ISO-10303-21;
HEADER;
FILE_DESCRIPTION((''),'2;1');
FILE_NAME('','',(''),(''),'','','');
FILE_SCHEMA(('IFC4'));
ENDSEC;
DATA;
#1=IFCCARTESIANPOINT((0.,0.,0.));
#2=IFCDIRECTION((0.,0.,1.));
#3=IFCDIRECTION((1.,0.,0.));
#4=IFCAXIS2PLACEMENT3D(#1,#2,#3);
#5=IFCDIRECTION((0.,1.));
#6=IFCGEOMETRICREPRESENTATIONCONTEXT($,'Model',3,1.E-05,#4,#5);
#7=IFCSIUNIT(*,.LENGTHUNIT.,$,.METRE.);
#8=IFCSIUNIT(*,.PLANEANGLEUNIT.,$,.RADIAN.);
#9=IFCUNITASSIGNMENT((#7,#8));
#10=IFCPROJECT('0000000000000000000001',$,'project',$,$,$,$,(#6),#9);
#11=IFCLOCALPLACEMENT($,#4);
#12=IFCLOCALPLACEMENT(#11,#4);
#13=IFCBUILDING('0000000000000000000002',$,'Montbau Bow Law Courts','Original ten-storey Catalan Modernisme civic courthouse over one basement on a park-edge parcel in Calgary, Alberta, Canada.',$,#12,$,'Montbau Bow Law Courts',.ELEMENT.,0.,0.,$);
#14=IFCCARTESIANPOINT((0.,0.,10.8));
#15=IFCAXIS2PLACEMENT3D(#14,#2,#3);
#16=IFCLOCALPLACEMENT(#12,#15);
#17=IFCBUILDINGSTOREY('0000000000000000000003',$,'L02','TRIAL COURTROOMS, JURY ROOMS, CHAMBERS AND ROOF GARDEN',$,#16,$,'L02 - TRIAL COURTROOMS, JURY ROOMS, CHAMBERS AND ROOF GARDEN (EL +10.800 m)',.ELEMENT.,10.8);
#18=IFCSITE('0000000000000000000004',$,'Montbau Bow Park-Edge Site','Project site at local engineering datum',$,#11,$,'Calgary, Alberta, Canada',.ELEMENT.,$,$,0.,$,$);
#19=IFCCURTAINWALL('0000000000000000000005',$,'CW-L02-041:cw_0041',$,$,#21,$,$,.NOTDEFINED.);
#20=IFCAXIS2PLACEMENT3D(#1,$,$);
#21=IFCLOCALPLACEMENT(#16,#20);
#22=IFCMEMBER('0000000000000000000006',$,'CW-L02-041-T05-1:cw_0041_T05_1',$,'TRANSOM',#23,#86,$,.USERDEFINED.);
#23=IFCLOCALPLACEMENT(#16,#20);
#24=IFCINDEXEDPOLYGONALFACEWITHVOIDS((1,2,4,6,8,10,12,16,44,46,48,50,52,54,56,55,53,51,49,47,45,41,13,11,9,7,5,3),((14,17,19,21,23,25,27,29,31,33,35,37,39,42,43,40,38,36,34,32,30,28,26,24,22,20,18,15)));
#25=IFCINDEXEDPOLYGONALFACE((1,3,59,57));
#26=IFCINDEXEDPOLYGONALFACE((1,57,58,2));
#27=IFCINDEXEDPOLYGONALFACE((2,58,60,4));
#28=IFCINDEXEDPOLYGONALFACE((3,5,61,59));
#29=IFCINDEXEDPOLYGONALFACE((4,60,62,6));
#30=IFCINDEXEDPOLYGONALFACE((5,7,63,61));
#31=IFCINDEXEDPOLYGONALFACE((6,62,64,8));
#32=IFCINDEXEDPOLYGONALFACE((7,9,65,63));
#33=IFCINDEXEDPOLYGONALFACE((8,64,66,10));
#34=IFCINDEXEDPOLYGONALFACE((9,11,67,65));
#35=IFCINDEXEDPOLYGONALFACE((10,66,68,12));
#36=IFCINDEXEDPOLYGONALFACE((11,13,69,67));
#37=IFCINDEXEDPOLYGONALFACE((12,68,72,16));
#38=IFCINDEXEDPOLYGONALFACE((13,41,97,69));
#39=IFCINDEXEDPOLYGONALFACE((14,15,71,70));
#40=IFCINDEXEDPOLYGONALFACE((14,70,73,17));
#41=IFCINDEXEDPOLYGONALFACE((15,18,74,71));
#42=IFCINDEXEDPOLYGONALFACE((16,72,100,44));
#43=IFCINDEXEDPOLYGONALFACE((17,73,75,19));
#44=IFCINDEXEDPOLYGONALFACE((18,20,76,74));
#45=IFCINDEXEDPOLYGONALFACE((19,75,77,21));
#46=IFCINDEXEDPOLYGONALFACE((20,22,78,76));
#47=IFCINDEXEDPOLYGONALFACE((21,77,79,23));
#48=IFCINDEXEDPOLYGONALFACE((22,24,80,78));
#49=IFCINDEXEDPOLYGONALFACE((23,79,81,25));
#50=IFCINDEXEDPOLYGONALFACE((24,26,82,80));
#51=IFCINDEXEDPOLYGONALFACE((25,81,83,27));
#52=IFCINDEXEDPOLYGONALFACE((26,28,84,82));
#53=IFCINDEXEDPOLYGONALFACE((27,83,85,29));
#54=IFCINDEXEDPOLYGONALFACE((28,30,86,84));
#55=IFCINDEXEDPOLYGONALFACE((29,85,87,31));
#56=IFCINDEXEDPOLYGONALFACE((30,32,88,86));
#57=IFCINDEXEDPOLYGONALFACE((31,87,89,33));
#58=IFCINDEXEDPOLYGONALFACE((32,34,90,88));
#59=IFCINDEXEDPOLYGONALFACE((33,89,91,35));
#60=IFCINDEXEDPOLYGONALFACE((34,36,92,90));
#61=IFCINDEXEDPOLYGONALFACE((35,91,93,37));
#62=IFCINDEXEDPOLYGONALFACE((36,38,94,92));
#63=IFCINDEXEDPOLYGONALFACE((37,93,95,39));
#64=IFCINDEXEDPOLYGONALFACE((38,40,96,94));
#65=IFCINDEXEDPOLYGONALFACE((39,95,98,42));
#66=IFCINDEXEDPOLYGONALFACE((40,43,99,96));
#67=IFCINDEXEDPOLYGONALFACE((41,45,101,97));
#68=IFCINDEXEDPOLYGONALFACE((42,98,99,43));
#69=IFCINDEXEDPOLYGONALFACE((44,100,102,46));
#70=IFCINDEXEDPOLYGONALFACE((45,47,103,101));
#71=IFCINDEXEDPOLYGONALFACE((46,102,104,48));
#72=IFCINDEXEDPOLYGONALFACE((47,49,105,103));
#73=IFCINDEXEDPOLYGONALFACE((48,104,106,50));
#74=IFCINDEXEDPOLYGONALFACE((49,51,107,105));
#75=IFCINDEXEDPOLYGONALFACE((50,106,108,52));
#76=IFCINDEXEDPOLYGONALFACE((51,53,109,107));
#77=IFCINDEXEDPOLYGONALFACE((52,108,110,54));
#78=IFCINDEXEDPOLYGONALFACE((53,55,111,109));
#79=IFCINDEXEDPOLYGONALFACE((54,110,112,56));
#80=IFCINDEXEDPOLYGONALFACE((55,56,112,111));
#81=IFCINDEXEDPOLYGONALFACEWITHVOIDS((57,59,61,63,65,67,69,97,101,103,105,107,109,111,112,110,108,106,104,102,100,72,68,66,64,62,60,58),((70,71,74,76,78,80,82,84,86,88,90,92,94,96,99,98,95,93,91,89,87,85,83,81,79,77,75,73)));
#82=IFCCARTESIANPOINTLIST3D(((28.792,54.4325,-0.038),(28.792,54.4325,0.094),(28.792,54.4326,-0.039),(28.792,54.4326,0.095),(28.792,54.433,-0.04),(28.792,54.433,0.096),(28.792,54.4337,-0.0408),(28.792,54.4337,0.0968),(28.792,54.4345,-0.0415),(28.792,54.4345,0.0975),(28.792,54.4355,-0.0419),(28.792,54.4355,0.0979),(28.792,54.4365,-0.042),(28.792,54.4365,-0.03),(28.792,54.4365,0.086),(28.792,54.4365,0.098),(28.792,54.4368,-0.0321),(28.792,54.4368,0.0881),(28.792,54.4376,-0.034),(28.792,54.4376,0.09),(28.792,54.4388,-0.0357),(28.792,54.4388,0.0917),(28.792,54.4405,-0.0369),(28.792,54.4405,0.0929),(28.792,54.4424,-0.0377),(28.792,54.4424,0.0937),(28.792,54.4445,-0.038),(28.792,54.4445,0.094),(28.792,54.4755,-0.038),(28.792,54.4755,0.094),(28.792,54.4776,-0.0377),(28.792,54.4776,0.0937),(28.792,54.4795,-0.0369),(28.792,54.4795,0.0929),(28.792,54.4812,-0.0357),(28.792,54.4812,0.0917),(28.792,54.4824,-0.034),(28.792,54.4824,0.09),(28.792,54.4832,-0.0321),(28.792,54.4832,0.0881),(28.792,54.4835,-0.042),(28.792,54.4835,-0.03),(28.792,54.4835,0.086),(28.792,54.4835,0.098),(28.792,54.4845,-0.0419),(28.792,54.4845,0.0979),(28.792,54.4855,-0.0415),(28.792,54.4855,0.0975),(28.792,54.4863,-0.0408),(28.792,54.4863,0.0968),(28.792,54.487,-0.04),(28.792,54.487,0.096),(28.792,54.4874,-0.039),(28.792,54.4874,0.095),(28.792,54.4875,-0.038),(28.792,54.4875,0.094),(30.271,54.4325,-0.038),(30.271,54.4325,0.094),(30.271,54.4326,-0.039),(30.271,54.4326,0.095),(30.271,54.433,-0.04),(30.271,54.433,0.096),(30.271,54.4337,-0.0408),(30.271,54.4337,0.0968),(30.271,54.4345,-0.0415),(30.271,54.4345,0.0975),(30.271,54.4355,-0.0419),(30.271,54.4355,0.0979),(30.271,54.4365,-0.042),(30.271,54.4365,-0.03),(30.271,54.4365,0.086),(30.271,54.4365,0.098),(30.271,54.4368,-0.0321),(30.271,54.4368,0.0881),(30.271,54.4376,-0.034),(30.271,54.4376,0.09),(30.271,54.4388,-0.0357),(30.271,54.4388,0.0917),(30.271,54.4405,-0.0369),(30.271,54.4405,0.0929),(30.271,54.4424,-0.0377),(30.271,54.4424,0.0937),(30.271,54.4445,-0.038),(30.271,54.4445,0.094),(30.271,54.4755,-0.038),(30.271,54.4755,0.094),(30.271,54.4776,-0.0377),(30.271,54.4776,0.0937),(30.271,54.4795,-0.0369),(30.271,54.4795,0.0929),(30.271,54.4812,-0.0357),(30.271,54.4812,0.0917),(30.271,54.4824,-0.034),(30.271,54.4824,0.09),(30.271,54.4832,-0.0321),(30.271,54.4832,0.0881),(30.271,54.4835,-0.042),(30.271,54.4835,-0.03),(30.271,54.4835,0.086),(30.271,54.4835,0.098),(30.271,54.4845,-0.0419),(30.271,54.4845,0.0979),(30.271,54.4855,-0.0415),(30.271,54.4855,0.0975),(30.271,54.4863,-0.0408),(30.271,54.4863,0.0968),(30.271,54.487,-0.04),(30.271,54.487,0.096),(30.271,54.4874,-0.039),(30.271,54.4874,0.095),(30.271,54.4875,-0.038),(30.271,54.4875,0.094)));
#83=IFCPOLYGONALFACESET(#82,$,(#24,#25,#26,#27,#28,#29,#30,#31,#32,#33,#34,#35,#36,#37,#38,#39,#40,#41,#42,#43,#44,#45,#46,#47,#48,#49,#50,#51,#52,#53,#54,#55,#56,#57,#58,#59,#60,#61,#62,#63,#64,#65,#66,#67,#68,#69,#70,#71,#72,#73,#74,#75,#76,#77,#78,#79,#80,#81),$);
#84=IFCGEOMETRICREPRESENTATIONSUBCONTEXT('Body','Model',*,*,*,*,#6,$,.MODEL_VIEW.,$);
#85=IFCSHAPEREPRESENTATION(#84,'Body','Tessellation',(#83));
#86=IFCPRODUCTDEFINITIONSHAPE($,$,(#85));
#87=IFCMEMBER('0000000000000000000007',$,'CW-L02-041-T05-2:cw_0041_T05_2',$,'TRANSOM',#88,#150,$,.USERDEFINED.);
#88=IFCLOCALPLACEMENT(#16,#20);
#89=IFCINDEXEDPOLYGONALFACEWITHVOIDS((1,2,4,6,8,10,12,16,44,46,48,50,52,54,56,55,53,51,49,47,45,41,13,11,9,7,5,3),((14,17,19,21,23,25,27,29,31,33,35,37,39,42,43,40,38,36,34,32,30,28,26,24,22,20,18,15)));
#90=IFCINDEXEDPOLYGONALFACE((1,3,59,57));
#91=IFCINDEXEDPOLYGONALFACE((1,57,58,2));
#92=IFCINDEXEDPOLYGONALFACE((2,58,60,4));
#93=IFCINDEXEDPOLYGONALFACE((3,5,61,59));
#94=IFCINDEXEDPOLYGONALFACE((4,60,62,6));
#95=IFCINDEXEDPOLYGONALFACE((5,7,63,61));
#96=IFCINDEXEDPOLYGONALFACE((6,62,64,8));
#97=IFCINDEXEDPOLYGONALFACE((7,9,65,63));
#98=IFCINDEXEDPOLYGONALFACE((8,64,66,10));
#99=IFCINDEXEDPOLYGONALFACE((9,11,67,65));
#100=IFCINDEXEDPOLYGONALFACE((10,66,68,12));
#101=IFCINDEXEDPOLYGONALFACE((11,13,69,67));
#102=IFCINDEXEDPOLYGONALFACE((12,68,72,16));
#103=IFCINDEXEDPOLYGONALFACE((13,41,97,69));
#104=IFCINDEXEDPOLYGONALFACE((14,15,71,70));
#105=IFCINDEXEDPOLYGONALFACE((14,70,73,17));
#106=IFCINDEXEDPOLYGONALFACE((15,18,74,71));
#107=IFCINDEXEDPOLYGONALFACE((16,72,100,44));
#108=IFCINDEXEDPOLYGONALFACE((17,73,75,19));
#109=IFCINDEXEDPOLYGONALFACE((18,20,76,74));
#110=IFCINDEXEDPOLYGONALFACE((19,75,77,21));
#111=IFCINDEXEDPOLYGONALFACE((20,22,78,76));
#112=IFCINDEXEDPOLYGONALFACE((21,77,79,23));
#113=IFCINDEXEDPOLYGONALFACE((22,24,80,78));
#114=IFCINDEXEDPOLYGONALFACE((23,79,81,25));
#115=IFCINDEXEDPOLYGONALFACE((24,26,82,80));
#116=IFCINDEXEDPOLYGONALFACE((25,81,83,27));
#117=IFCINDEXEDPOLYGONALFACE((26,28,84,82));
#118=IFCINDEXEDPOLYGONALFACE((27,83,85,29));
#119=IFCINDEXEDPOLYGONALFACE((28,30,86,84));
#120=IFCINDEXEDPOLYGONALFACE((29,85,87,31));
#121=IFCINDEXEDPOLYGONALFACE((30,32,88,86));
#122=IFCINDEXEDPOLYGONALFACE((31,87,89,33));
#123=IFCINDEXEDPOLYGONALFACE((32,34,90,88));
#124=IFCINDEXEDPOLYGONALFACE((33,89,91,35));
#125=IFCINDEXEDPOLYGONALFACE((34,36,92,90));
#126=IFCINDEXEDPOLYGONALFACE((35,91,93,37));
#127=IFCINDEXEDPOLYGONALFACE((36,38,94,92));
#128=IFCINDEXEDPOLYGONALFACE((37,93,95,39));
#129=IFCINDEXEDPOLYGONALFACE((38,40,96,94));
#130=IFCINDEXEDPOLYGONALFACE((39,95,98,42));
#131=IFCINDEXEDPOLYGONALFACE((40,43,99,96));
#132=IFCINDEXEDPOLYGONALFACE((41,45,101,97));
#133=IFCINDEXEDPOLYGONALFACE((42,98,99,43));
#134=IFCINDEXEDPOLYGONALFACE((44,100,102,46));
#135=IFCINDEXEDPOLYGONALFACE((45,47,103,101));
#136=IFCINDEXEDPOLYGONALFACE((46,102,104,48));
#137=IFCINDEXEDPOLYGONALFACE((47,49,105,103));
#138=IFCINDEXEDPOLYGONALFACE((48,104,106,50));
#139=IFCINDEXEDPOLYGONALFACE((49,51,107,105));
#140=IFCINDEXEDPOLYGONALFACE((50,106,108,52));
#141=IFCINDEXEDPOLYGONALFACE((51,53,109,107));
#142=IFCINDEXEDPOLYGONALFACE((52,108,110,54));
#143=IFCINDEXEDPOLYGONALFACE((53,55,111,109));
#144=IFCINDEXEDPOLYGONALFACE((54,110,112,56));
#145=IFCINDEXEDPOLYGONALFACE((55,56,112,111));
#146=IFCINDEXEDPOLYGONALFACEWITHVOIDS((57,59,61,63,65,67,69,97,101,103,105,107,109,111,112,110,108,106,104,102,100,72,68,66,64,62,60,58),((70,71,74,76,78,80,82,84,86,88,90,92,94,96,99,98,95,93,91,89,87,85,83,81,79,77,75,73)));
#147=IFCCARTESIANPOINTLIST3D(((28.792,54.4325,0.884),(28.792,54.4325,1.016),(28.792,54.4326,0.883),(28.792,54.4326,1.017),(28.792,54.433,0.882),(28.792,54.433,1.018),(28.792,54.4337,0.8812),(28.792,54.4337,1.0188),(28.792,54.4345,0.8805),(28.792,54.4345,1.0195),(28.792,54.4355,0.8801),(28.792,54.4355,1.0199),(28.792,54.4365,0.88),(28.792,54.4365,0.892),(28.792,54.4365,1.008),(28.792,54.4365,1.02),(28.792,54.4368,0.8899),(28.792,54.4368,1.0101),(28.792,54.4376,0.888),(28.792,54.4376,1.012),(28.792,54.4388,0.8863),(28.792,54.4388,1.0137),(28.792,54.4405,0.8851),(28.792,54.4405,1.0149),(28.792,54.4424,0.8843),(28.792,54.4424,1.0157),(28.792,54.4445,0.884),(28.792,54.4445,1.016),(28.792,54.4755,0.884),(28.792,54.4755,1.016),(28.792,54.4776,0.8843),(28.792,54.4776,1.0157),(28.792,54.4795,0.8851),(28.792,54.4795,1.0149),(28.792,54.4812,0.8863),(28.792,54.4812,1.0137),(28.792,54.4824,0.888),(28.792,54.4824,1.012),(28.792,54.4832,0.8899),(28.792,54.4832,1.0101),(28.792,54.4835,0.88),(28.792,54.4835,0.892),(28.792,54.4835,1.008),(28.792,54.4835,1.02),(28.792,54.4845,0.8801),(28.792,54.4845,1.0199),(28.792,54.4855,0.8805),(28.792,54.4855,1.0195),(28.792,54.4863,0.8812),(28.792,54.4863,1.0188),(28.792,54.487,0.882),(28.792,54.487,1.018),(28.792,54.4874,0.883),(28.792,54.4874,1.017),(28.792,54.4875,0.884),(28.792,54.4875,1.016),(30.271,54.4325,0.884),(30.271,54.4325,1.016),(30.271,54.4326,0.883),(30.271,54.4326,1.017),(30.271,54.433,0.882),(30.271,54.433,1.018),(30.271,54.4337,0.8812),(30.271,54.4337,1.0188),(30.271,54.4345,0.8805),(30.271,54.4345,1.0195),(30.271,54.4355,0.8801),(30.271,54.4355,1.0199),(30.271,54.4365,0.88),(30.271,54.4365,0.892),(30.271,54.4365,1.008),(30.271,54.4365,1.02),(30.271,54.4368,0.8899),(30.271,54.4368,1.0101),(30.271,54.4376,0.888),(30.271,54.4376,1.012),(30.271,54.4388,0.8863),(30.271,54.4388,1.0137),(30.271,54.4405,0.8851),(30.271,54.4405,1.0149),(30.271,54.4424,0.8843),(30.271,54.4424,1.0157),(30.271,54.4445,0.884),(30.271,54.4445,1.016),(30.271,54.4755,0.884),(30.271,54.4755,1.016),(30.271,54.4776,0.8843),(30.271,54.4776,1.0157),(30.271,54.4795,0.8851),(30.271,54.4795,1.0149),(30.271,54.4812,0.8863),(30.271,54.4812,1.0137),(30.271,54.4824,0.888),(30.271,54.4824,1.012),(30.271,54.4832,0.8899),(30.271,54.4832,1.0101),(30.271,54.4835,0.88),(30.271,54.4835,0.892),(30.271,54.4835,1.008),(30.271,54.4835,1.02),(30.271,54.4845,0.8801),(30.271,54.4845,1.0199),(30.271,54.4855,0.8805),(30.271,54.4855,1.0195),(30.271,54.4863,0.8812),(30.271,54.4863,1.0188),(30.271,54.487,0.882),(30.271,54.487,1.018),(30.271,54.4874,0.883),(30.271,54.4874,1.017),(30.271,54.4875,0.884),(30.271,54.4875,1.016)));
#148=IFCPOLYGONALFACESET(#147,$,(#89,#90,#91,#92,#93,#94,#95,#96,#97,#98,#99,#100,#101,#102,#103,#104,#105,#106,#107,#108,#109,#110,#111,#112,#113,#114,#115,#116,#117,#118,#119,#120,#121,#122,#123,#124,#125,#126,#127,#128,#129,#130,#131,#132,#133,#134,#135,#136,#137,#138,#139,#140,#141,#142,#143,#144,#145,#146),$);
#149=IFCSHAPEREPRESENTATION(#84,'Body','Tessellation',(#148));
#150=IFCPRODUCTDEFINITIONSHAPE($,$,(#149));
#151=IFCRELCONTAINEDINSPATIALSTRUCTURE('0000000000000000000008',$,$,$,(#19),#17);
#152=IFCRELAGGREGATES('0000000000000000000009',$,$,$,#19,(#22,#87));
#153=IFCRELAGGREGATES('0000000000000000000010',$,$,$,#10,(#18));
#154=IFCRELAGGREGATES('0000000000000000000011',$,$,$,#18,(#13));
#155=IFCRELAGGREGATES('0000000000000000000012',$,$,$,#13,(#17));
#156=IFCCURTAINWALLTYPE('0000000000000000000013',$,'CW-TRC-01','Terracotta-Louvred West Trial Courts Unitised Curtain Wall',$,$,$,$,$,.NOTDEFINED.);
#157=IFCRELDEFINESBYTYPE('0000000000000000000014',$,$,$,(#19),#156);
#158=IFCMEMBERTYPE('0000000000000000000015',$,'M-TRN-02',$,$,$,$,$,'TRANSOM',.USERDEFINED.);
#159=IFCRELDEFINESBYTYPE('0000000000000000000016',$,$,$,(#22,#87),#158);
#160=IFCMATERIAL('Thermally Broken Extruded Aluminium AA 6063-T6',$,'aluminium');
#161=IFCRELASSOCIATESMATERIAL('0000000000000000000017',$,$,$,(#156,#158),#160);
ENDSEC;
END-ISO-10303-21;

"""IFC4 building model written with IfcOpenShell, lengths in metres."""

from ifc_helpers import new_model, si_unit, direction, frame, origin_with_axes, origin_2d_with_axis, place, context, subcontext, project, spatial, hollow_rectangle, extrude, material, material_profile, profile_set, type_object, element, aggregate, save


model = new_model("IFC4")

# Units and contexts
model_context = context("Model", 3, precision=1e-05, world=origin_with_axes(), true_north=direction((0.0, 1.0)))
body_context = subcontext(model_context, "Body", "Model", "MODEL_VIEW")
ifc_project = project(units=[si_unit("LENGTHUNIT", "METRE"), si_unit("PLANEANGLEUNIT", "RADIAN")], contexts=[model_context])

# Site, building, storey
site_placement = place(None, origin_with_axes())
site = spatial("IfcSite", under=ifc_project, at=site_placement, Name="Montbau Bow Park-Edge Site", Description="Project site at local engineering datum", LongName="Calgary, Alberta, Canada", CompositionType="ELEMENT", RefElevation=0.0)
building_placement = place(site_placement, origin_with_axes())
building = spatial("IfcBuilding", under=site, at=building_placement, Name="Montbau Bow Law Courts", Description="Original ten-storey Catalan Modernisme civic courthouse over one basement on a park-edge parcel in Calgary, Alberta, Canada.", LongName="Montbau Bow Law Courts", CompositionType="ELEMENT", ElevationOfRefHeight=0.0, ElevationOfTerrain=0.0)
storey_placement = place(building_placement, frame((0.0, 0.0, 10.8), z_axis=(0.0, 0.0, 1.0), x_axis=(1.0, 0.0, 0.0)))
storey = spatial("IfcBuildingStorey", under=building, at=storey_placement, Name="L02", Description="TRIAL COURTROOMS, JURY ROOMS, CHAMBERS AND ROOF GARDEN", LongName="L02 - TRIAL COURTROOMS, JURY ROOMS, CHAMBERS AND ROOF GARDEN (EL +10.800 m)", CompositionType="ELEMENT", Elevation=10.8)

# Curtain wall
ifc_material_1 = material(Name="Thermally Broken Extruded Aluminium AA 6063-T6", Category="aluminium")
curtain_wall_type = type_object("IfcCurtainWallType", Name="CW-TRC-01", Description="Terracotta-Louvred West Trial Courts Unitised Curtain Wall", PredefinedType="NOTDEFINED", material=ifc_material_1)
curtain_wall_1_placement = place(None, frame((22.467, 54.46, 10.8), z_axis=(0.0, 0.0, 1.0), x_axis=(1.0, 0.0, 0.0)))
curtain_wall_1 = element("IfcCurtainWall", 1, at=curtain_wall_1_placement, inside=storey, type_object=curtain_wall_type, Name="CW-L02-041:cw_0041", PredefinedType="NOTDEFINED")

# Members
ifc_material_profile_1 = material_profile(ifc_material_1, hollow_rectangle(XDim=0.055, YDim=0.14, WallThickness=0.004, InnerFilletRadius=0.008, OuterFilletRadius=0.004, at=origin_2d_with_axis()), Name="CWT-140X55", Category="Main", Priority=0)
ifc_profile_set_1 = profile_set([ifc_material_profile_1], Name="Thermally Broken Extruded Aluminium AA 6063-T6")
member_type_1 = type_object("IfcMemberType", Name="M-TRN-02", ElementType="TRANSOM", PredefinedType="USERDEFINED", material=ifc_profile_set_1)
member_1_placement = place(None, frame((28.792, 54.46, 10.828), z_axis=(1.0, 0.0, 0.0), x_axis=(0.0, 1.0, 0.0)))
member_1 = element("IfcMember", 2, at=member_1_placement, type_object=member_type_1, Name="CW-L02-041-T05-1:cw_0041_T05_1", ObjectType="TRANSOM", PredefinedType="USERDEFINED", context=body_context, shape_type="SweptSolid", body=[
    extrude(hollow_rectangle(XDim=0.055, YDim=0.14, WallThickness=0.004, InnerFilletRadius=0.008, OuterFilletRadius=0.004, at=origin_2d_with_axis()), origin_with_axes(), (0.0, 0.0, 1.0), 1.479),
])
member_2_placement = place(None, frame((28.792, 54.46, 11.75), z_axis=(1.0, 0.0, 0.0), x_axis=(0.0, 1.0, 0.0)))
member_2 = element("IfcMember", 3, at=member_2_placement, type_object=member_type_1, Name="CW-L02-041-T05-2:cw_0041_T05_2", ObjectType="TRANSOM", PredefinedType="USERDEFINED", context=body_context, shape_type="SweptSolid", body=[
    extrude(hollow_rectangle(XDim=0.055, YDim=0.14, WallThickness=0.004, InnerFilletRadius=0.008, OuterFilletRadius=0.004, at=origin_2d_with_axis()), origin_with_axes(), (0.0, 0.0, 1.0), 1.479),
])

aggregate(curtain_wall_1, [member_1, member_2])

save(model, "model.ifc")
